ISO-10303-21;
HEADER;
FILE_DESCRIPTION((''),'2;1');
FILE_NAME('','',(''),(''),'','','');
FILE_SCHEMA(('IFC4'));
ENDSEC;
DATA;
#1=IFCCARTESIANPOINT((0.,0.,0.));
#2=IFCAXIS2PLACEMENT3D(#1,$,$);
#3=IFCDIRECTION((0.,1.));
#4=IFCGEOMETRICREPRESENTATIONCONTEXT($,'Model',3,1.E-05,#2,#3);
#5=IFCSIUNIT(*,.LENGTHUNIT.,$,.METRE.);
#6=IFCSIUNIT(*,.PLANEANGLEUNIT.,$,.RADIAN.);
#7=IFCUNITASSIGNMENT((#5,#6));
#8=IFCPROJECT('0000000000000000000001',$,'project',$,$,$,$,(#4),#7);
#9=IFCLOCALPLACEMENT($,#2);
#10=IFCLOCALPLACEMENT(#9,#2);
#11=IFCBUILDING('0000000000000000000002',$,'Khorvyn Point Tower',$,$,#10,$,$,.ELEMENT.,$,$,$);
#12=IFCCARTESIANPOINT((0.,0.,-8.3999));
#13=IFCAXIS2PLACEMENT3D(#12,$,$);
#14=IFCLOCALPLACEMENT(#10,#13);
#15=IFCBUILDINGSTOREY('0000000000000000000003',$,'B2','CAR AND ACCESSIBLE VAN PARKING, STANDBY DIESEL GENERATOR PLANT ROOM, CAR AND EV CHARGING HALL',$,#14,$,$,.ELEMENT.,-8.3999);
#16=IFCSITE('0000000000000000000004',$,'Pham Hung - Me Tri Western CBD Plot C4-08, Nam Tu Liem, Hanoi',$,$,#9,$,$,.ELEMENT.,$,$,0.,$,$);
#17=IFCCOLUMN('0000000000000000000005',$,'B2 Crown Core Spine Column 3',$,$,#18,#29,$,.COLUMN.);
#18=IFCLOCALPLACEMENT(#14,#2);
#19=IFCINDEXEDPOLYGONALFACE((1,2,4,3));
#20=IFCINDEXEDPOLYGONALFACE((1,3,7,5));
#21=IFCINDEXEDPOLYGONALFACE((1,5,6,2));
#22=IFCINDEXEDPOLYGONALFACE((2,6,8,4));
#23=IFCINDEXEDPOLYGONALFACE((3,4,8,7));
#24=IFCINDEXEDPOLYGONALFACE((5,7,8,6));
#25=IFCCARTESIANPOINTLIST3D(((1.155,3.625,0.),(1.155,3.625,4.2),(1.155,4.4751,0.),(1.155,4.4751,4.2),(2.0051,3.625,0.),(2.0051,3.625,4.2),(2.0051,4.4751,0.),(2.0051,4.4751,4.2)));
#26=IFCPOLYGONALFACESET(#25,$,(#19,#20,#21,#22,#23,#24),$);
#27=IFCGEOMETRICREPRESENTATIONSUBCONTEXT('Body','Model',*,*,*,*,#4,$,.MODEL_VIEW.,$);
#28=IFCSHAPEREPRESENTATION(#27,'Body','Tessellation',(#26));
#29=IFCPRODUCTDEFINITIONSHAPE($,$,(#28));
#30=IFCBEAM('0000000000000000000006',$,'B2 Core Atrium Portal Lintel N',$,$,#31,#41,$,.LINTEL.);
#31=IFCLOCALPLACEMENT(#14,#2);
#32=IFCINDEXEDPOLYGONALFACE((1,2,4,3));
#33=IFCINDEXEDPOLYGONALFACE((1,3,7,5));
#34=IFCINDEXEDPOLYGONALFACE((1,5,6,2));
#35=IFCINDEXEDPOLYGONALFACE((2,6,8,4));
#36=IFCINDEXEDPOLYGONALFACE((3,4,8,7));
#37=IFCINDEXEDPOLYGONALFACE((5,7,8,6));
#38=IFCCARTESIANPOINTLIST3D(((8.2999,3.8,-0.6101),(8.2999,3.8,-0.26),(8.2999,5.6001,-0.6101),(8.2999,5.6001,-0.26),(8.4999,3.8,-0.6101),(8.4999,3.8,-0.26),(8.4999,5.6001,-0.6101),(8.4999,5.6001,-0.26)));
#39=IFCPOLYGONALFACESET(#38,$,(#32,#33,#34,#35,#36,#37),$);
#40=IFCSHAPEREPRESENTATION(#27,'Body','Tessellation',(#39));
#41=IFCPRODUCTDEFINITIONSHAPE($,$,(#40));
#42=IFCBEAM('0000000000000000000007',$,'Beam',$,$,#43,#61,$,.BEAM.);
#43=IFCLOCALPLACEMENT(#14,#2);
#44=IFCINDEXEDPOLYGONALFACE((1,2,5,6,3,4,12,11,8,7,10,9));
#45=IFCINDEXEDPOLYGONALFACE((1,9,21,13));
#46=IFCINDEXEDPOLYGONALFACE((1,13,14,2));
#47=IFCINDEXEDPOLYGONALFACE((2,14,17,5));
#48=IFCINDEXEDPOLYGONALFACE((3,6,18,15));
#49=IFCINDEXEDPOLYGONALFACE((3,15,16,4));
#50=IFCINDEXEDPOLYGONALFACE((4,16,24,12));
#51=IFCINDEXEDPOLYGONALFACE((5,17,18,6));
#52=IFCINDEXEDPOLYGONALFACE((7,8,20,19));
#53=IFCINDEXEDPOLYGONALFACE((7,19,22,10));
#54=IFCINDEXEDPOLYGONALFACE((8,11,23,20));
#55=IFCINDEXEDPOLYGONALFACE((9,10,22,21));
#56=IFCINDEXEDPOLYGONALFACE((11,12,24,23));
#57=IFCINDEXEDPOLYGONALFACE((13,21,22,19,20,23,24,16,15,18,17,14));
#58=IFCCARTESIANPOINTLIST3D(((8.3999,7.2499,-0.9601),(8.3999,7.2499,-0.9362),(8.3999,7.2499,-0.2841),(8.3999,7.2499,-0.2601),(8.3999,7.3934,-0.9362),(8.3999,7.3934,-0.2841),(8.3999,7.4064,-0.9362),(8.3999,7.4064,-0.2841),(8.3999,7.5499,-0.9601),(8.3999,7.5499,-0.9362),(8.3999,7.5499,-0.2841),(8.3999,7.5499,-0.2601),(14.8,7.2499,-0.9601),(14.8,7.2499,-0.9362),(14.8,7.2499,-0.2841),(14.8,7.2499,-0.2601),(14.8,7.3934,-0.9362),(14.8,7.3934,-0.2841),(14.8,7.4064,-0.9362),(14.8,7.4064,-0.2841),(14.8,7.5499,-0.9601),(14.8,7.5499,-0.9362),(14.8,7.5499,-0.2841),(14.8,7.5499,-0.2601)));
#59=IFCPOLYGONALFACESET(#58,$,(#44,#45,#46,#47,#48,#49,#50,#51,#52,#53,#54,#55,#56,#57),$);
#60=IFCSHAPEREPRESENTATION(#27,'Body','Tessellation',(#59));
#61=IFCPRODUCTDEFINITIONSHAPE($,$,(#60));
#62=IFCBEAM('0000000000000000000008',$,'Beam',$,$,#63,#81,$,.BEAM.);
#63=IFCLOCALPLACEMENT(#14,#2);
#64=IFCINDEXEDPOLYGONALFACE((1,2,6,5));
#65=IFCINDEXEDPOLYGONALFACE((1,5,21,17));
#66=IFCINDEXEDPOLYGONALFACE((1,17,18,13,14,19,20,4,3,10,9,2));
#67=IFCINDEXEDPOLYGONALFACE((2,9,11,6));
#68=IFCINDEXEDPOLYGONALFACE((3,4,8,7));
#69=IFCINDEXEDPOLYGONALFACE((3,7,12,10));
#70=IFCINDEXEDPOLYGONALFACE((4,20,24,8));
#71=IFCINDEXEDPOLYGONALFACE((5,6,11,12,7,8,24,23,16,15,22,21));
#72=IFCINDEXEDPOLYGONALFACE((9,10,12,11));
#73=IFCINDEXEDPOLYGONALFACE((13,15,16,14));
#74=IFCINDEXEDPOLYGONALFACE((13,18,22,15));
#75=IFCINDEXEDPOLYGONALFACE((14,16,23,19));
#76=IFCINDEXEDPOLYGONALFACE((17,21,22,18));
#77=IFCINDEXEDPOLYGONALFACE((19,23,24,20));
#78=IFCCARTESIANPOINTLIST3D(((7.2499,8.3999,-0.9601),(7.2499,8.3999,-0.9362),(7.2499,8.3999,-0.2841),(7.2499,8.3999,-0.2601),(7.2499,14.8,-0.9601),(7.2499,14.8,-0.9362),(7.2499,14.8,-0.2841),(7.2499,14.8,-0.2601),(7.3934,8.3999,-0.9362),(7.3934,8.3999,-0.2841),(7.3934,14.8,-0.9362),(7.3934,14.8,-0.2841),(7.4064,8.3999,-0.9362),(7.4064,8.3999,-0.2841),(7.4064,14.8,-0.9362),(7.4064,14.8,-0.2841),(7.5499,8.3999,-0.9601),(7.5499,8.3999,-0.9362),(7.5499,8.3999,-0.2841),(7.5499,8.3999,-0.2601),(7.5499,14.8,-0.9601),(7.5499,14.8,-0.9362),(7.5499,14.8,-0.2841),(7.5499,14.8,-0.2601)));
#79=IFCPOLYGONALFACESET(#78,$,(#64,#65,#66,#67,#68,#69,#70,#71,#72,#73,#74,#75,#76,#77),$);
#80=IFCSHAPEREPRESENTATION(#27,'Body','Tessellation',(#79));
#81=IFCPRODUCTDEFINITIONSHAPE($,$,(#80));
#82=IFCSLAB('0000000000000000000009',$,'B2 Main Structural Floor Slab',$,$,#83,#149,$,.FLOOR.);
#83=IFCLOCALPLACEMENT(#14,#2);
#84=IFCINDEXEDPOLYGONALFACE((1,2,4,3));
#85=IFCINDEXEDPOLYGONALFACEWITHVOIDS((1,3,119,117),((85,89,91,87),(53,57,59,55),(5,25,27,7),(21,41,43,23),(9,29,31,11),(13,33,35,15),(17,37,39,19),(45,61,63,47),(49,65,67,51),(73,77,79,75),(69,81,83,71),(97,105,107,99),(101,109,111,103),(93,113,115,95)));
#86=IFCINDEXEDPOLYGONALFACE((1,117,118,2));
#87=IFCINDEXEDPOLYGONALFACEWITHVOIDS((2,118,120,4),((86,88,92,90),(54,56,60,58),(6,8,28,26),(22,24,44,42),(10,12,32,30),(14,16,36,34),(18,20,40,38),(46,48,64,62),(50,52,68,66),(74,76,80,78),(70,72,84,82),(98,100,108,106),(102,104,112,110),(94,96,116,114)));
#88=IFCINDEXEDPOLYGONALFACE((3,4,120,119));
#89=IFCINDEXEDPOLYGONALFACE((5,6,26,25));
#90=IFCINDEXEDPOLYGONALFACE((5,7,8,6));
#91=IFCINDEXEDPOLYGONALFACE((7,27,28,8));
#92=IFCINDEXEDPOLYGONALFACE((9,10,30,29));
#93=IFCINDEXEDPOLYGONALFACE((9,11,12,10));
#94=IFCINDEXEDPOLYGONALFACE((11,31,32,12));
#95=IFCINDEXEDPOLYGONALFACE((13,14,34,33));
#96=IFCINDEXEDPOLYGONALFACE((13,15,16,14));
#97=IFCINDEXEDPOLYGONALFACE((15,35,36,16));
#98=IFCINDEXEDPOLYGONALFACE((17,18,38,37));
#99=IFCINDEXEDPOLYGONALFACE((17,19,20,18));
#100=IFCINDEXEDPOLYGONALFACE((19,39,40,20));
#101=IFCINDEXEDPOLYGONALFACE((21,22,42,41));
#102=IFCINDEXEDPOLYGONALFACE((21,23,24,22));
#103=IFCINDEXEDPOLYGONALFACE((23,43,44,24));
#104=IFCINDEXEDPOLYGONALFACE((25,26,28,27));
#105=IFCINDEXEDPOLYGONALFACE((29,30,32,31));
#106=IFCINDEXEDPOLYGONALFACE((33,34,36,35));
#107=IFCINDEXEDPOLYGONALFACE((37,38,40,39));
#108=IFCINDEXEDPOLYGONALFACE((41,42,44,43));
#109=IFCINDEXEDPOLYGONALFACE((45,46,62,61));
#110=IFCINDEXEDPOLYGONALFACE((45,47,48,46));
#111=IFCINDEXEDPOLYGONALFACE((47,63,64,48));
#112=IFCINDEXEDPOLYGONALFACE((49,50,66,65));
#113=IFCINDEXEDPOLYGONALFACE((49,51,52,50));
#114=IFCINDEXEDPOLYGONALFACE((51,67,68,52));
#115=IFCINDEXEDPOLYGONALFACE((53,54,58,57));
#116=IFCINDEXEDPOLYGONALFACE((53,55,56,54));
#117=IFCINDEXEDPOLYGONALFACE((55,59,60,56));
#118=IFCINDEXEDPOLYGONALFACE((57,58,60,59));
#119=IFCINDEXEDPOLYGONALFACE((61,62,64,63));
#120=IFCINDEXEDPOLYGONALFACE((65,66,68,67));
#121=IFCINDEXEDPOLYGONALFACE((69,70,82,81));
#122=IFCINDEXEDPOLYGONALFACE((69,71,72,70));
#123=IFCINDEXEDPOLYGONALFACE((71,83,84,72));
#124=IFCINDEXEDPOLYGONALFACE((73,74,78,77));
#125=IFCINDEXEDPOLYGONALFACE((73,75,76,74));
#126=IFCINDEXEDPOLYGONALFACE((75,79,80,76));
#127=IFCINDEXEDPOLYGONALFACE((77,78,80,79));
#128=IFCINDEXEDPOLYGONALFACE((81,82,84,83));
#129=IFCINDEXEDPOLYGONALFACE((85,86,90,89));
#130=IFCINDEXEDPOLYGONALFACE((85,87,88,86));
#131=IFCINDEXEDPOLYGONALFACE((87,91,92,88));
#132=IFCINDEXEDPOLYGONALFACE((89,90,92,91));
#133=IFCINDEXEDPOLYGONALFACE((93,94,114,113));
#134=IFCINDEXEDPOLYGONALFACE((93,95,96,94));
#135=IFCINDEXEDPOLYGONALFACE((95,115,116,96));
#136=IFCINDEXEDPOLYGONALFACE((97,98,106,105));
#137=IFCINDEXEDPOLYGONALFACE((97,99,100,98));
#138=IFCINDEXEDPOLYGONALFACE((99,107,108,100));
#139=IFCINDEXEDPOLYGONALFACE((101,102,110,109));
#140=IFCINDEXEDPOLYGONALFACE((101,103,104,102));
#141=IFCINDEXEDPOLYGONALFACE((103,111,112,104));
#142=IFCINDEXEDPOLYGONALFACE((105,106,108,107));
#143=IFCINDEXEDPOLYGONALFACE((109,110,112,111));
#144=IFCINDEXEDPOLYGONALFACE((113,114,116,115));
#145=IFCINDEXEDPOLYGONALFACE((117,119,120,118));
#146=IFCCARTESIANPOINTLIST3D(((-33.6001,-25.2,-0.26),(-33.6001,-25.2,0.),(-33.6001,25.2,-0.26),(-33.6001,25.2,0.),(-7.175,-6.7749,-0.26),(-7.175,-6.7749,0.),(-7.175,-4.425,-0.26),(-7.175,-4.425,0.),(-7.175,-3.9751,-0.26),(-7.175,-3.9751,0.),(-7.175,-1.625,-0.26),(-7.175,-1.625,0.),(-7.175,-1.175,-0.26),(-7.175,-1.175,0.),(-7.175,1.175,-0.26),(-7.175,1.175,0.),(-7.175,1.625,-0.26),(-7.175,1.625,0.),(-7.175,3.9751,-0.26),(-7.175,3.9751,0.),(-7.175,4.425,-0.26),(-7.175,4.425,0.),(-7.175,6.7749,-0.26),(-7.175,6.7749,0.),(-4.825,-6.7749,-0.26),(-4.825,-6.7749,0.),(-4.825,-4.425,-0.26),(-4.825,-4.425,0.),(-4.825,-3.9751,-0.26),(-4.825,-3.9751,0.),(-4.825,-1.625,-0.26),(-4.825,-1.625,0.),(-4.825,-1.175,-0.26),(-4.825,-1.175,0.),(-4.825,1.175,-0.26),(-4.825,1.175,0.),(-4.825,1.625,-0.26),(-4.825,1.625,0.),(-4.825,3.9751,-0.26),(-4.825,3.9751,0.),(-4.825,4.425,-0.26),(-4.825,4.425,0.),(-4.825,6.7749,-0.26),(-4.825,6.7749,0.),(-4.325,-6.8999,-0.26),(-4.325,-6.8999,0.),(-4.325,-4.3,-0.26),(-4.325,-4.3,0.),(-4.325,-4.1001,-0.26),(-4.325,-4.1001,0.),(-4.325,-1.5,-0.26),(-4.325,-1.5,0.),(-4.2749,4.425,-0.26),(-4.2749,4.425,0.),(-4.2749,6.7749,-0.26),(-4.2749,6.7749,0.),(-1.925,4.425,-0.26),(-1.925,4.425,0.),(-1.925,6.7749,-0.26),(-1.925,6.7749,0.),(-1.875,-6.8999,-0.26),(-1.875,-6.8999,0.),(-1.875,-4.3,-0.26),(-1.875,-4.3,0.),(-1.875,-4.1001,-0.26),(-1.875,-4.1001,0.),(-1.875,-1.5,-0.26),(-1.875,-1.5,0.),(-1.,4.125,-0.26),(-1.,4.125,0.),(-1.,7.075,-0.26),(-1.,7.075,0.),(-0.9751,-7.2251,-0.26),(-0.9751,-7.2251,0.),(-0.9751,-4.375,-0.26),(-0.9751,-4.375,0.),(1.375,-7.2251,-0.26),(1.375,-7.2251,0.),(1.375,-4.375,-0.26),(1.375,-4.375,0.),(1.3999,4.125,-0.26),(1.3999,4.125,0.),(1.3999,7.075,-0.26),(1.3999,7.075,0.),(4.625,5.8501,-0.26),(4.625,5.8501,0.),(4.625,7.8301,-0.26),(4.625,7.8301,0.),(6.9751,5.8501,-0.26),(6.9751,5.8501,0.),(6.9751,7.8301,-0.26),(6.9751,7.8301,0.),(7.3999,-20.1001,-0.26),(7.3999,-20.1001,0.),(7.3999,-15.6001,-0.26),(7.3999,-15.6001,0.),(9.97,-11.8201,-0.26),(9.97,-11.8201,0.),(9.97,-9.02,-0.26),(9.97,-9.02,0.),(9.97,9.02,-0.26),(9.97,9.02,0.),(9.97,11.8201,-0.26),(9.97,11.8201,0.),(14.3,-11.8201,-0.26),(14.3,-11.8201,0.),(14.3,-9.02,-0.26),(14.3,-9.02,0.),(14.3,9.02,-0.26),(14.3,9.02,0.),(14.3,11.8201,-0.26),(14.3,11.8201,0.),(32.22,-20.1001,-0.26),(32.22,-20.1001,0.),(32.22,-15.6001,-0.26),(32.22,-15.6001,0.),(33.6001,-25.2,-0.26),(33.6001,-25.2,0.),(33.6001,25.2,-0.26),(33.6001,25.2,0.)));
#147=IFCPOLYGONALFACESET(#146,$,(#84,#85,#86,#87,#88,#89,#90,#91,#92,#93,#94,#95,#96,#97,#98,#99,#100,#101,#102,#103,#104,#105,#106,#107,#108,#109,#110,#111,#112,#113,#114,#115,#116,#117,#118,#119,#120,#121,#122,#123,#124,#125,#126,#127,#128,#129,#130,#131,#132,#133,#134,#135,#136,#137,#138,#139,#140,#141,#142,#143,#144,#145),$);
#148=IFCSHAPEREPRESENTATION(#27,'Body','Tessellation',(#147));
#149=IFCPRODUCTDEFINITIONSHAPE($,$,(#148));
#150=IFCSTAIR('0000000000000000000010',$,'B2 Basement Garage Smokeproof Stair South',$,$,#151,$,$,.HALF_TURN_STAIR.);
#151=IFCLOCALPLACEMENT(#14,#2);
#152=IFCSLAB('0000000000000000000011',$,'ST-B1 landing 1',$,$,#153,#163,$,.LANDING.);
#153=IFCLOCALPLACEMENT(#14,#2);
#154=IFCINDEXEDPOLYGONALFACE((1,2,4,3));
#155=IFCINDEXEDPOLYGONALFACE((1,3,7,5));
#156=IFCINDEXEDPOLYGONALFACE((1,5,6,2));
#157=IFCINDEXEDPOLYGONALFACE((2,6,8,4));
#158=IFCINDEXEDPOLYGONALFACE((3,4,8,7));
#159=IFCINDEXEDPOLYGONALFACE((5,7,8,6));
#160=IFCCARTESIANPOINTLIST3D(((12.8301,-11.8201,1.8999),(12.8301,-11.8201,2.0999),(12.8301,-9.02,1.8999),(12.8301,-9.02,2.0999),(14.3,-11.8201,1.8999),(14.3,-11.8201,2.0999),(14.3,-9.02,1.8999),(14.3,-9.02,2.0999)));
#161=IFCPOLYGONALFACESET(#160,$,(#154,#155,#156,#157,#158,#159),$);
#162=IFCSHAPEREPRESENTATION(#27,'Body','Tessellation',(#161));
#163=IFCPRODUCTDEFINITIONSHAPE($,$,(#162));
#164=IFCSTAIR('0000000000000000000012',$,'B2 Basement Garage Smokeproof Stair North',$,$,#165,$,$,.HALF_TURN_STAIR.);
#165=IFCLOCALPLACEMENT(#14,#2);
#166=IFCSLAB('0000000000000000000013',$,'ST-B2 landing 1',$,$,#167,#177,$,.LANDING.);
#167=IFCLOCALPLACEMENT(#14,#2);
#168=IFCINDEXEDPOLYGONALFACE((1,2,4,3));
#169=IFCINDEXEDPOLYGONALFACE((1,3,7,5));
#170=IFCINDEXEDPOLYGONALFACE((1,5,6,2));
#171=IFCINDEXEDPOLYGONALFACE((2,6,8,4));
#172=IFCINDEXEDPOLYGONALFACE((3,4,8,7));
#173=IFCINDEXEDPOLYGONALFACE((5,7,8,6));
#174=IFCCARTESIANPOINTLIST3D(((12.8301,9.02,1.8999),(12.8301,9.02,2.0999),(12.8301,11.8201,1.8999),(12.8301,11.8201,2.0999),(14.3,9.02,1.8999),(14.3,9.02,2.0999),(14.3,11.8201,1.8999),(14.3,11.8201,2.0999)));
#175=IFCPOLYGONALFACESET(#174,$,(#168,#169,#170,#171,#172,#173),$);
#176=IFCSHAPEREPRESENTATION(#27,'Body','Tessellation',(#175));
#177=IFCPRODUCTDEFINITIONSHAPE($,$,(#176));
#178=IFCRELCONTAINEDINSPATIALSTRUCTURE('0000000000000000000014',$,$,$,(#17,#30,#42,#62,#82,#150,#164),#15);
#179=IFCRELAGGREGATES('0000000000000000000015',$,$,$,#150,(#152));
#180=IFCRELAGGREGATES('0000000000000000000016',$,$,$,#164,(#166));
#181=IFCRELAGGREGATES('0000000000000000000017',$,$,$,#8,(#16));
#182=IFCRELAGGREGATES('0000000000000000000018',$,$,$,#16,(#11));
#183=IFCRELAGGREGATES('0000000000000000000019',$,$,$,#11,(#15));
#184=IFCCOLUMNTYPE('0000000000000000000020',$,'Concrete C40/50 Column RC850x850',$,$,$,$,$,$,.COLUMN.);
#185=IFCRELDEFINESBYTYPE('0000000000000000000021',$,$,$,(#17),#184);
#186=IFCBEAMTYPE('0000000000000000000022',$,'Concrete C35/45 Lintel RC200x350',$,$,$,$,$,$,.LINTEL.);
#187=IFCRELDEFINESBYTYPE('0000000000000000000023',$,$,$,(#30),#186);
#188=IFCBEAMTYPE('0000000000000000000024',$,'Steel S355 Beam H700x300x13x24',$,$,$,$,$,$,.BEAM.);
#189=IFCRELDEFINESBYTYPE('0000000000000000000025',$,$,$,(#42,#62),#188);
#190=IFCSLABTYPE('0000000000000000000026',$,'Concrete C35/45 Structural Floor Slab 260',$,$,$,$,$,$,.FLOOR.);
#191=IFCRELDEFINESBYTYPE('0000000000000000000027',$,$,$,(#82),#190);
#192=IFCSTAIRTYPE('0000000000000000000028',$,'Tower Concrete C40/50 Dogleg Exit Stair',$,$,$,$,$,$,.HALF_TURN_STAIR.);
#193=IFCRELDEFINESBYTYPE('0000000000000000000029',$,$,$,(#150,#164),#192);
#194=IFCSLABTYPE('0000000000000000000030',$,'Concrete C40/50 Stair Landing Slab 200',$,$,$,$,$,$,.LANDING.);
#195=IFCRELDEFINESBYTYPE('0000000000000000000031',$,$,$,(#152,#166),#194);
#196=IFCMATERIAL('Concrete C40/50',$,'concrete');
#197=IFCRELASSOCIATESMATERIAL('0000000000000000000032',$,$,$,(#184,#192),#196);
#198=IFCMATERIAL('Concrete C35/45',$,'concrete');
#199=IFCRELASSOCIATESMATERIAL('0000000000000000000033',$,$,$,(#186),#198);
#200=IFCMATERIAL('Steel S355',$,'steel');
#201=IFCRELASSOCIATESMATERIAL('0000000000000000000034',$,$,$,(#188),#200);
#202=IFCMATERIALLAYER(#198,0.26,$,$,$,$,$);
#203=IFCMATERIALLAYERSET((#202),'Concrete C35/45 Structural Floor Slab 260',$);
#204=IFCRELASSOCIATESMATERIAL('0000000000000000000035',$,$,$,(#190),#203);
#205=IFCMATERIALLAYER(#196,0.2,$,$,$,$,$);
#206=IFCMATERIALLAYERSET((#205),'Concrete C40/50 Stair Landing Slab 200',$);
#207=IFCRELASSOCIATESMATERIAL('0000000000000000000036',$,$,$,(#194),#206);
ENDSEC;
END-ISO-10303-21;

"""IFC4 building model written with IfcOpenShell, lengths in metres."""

from ifc_helpers import new_model, si_unit, direction, frame, origin, origin_2d, place, context, subcontext, project, spatial, polyline, rectangle, i_section, outline, extrude, material, layer, layer_set, material_profile, profile_set, type_object, element, aggregate, save


model = new_model("IFC4")

# Units and contexts
model_context = context("Model", 3, precision=1e-05, world=origin(), true_north=direction((0.0, 1.0)))
body_context = subcontext(model_context, "Body", "Model", "MODEL_VIEW")
ifc_project = project(units=[si_unit("LENGTHUNIT", "METRE"), si_unit("PLANEANGLEUNIT", "RADIAN")], contexts=[model_context])

# Site, building, storey
site_placement = place(None, origin())
site = spatial("IfcSite", under=ifc_project, at=site_placement, Name="Pham Hung - Me Tri Western CBD Plot C4-08, Nam Tu Liem, Hanoi", CompositionType="ELEMENT", RefElevation=0.0)
building_placement = place(site_placement, origin())
building = spatial("IfcBuilding", under=site, at=building_placement, Name="Khorvyn Point Tower", CompositionType="ELEMENT")
storey_placement = place(building_placement, frame((0.0, 0.0, -8.3999)))
storey = spatial("IfcBuildingStorey", under=building, at=storey_placement, Name="B2", Description="CAR AND ACCESSIBLE VAN PARKING, STANDBY DIESEL GENERATOR PLANT ROOM, CAR AND EV CHARGING HALL", CompositionType="ELEMENT", Elevation=-8.3999)

# Column
ifc_material_1 = material(Name="Concrete C40/50", Category="concrete")
ifc_material_profile_1 = material_profile(ifc_material_1, rectangle(XDim=0.8501, YDim=0.8501, at=origin_2d()))
ifc_profile_set_1 = profile_set([ifc_material_profile_1], Name="Concrete C40/50 RC850x850")
column_type = type_object("IfcColumnType", Name="Concrete C40/50 Column RC850x850", PredefinedType="COLUMN", material=ifc_profile_set_1)
column_placement = place(storey_placement, frame((1.5801, 4.05, 0.0), z_axis=(0.0, 0.0, 1.0), x_axis=(1.0, 0.0, 0.0)))
element("IfcColumn", 1, at=column_placement, inside=storey, type_object=column_type, Name="B2 Crown Core Spine Column 3", PredefinedType="COLUMN", context=body_context, shape_type="SweptSolid", body=[
    extrude(rectangle(XDim=0.8501, YDim=0.8501, at=origin_2d()), origin(), (0.0, 0.0, 1.0), 4.2),
])

# Beams
ifc_material_2 = material(Name="Concrete C35/45", Category="concrete")
ifc_material_profile_2 = material_profile(ifc_material_2, rectangle(XDim=0.2, YDim=0.3501, at=origin_2d()))
ifc_profile_set_2 = profile_set([ifc_material_profile_2], Name="Concrete C35/45 RC200x350")
beam_type_1 = type_object("IfcBeamType", Name="Concrete C35/45 Lintel RC200x350", PredefinedType="LINTEL", material=ifc_profile_set_2)
beam_placement = place(storey_placement, frame((8.3999, 3.8, -0.4351), z_axis=(0.0, 1.0, 0.0), x_axis=(-1.0, 0.0, 0.0)))
element("IfcBeam", 2, at=beam_placement, inside=storey, type_object=beam_type_1, Name="B2 Core Atrium Portal Lintel N", PredefinedType="LINTEL", context=body_context, shape_type="SweptSolid", body=[
    extrude(rectangle(XDim=0.2, YDim=0.3501, at=origin_2d()), origin(), (0.0, 0.0, 1.0), 1.8),
])
ifc_material_3 = material(Name="Steel S355", Category="steel")
ifc_material_profile_3 = material_profile(ifc_material_3, i_section(OverallWidth=0.3, OverallDepth=0.7, WebThickness=0.0129, FlangeThickness=0.0239, at=origin_2d()))
ifc_profile_set_3 = profile_set([ifc_material_profile_3], Name="Steel S355 H700x300x13x24")
beam_type_2 = type_object("IfcBeamType", Name="Steel S355 Beam H700x300x13x24", PredefinedType="BEAM", material=ifc_profile_set_3)
for number, where, z_axis, x_axis, name in (
    (3, (8.3999, 7.3999, -0.6101), (1.0, 0.0, 0.0), (0.0, 1.0, 0.0), "Beam"),
    (4, (7.3999, 8.3999, -0.6101), (0.0, 1.0, 0.0), (-1.0, 0.0, 0.0), "Beam"),
):
    element("IfcBeam", number, at=place(storey_placement, frame(where, z_axis=z_axis, x_axis=x_axis)), inside=storey, type_object=beam_type_2, Name=name, PredefinedType="BEAM", context=body_context, shape_type="SweptSolid", body=[
        extrude(i_section(OverallWidth=0.3, OverallDepth=0.7, WebThickness=0.0129, FlangeThickness=0.0239, at=origin_2d()), origin(), (0.0, 0.0, 1.0), 6.4001),
    ])

# Slab
ifc_layer_1 = layer(ifc_material_2, 0.26)
ifc_layer_set_1 = layer_set([ifc_layer_1], Name="Concrete C35/45 Structural Floor Slab 260")
slab_type_1 = type_object("IfcSlabType", Name="Concrete C35/45 Structural Floor Slab 260", PredefinedType="FLOOR", material=ifc_layer_set_1)
slab_1_placement = place(storey_placement, frame((0.0, 0.0, -0.26)))
element("IfcSlab", 5, at=slab_1_placement, inside=storey, type_object=slab_type_1, Name="B2 Main Structural Floor Slab", PredefinedType="FLOOR", context=body_context, shape_type="SweptSolid", body=[
    extrude(outline(polyline([(-33.6001, 25.2), (33.6001, 25.2), (33.6001, -25.2), (-33.6001, -25.2), (-33.6001, 25.2)]), holes=[polyline([(-4.825, -6.7749), (-4.825, -4.425), (-7.175, -4.425), (-7.175, -6.7749), (-4.825, -6.7749)]), polyline([(-4.325, -6.8999), (-1.875, -6.8999), (-1.875, -4.3), (-4.325, -4.3), (-4.325, -6.8999)]), polyline([(-7.175, -3.9751), (-4.825, -3.9751), (-4.825, -1.625), (-7.175, -1.625), (-7.175, -3.9751)]), polyline([(-7.175, -1.175), (-4.825, -1.175), (-4.825, 1.175), (-7.175, 1.175), (-7.175, -1.175)]), polyline([(-7.175, 1.625), (-4.825, 1.625), (-4.825, 3.9751), (-7.175, 3.9751), (-7.175, 1.625)]), polyline([(-7.175, 4.425), (-4.825, 4.425), (-4.825, 6.7749), (-7.175, 6.7749), (-7.175, 4.425)]), polyline([(-4.2749, 4.425), (-1.925, 4.425), (-1.925, 6.7749), (-4.2749, 6.7749), (-4.2749, 4.425)]), polyline([(32.22, -20.1001), (32.22, -15.6001), (7.3999, -15.6001), (7.3999, -20.1001), (32.22, -20.1001)]), polyline([(9.97, -11.8201), (14.3, -11.8201), (14.3, -9.02), (9.97, -9.02), (9.97, -11.8201)]), polyline([(-0.9751, -7.2251), (1.375, -7.2251), (1.375, -4.375), (-0.9751, -4.375), (-0.9751, -7.2251)]), polyline([(-4.325, -4.1001), (-1.875, -4.1001), (-1.875, -1.5), (-4.325, -1.5), (-4.325, -4.1001)]), polyline([(-1.0, 4.125), (1.3999, 4.125), (1.3999, 7.075), (-1.0, 7.075), (-1.0, 4.125)]), polyline([(4.625, 5.8501), (6.9751, 5.8501), (6.9751, 7.8301), (4.625, 7.8301), (4.625, 5.8501)]), polyline([(9.97, 9.02), (14.3, 9.02), (14.3, 11.8201), (9.97, 11.8201), (9.97, 9.02)])]), origin(), (0.0, 0.0, 1.0), 0.26),
])

# Stairs, slabs
stair_type = type_object("IfcStairType", Name="Tower Concrete C40/50 Dogleg Exit Stair", PredefinedType="HALF_TURN_STAIR", material=ifc_material_1)
stair_1_placement = place(storey_placement, origin())
stair_1 = element("IfcStair", 6, at=stair_1_placement, inside=storey, type_object=stair_type, Name="B2 Basement Garage Smokeproof Stair South", PredefinedType="HALF_TURN_STAIR")
ifc_layer_2 = layer(ifc_material_1, 0.2)
ifc_layer_set_2 = layer_set([ifc_layer_2], Name="Concrete C40/50 Stair Landing Slab 200")
slab_type_2 = type_object("IfcSlabType", Name="Concrete C40/50 Stair Landing Slab 200", PredefinedType="LANDING", material=ifc_layer_set_2)
slab_2_placement = place(storey_placement, frame((0.0, 0.0, 1.8999)))
slab_2 = element("IfcSlab", 7, at=slab_2_placement, type_object=slab_type_2, Name="ST-B1 landing 1", PredefinedType="LANDING", context=body_context, shape_type="SweptSolid", body=[
    extrude(outline(polyline([(12.8301, -11.8201), (14.3, -11.8201), (14.3, -9.02), (12.8301, -9.02), (12.8301, -11.8201)])), origin(), (0.0, 0.0, 1.0), 0.2),
])
aggregate(stair_1, [slab_2])
stair_2_placement = place(storey_placement, origin())
stair_2 = element("IfcStair", 8, at=stair_2_placement, inside=storey, type_object=stair_type, Name="B2 Basement Garage Smokeproof Stair North", PredefinedType="HALF_TURN_STAIR")
slab_3_placement = place(storey_placement, frame((0.0, 0.0, 1.8999)))
slab_3 = element("IfcSlab", 9, at=slab_3_placement, type_object=slab_type_2, Name="ST-B2 landing 1", PredefinedType="LANDING", context=body_context, shape_type="SweptSolid", body=[
    extrude(outline(polyline([(12.8301, 9.02), (14.3, 9.02), (14.3, 11.8201), (12.8301, 11.8201), (12.8301, 9.02)])), origin(), (0.0, 0.0, 1.0), 0.2),
])
aggregate(stair_2, [slab_3])

save(model, "model.ifc")
